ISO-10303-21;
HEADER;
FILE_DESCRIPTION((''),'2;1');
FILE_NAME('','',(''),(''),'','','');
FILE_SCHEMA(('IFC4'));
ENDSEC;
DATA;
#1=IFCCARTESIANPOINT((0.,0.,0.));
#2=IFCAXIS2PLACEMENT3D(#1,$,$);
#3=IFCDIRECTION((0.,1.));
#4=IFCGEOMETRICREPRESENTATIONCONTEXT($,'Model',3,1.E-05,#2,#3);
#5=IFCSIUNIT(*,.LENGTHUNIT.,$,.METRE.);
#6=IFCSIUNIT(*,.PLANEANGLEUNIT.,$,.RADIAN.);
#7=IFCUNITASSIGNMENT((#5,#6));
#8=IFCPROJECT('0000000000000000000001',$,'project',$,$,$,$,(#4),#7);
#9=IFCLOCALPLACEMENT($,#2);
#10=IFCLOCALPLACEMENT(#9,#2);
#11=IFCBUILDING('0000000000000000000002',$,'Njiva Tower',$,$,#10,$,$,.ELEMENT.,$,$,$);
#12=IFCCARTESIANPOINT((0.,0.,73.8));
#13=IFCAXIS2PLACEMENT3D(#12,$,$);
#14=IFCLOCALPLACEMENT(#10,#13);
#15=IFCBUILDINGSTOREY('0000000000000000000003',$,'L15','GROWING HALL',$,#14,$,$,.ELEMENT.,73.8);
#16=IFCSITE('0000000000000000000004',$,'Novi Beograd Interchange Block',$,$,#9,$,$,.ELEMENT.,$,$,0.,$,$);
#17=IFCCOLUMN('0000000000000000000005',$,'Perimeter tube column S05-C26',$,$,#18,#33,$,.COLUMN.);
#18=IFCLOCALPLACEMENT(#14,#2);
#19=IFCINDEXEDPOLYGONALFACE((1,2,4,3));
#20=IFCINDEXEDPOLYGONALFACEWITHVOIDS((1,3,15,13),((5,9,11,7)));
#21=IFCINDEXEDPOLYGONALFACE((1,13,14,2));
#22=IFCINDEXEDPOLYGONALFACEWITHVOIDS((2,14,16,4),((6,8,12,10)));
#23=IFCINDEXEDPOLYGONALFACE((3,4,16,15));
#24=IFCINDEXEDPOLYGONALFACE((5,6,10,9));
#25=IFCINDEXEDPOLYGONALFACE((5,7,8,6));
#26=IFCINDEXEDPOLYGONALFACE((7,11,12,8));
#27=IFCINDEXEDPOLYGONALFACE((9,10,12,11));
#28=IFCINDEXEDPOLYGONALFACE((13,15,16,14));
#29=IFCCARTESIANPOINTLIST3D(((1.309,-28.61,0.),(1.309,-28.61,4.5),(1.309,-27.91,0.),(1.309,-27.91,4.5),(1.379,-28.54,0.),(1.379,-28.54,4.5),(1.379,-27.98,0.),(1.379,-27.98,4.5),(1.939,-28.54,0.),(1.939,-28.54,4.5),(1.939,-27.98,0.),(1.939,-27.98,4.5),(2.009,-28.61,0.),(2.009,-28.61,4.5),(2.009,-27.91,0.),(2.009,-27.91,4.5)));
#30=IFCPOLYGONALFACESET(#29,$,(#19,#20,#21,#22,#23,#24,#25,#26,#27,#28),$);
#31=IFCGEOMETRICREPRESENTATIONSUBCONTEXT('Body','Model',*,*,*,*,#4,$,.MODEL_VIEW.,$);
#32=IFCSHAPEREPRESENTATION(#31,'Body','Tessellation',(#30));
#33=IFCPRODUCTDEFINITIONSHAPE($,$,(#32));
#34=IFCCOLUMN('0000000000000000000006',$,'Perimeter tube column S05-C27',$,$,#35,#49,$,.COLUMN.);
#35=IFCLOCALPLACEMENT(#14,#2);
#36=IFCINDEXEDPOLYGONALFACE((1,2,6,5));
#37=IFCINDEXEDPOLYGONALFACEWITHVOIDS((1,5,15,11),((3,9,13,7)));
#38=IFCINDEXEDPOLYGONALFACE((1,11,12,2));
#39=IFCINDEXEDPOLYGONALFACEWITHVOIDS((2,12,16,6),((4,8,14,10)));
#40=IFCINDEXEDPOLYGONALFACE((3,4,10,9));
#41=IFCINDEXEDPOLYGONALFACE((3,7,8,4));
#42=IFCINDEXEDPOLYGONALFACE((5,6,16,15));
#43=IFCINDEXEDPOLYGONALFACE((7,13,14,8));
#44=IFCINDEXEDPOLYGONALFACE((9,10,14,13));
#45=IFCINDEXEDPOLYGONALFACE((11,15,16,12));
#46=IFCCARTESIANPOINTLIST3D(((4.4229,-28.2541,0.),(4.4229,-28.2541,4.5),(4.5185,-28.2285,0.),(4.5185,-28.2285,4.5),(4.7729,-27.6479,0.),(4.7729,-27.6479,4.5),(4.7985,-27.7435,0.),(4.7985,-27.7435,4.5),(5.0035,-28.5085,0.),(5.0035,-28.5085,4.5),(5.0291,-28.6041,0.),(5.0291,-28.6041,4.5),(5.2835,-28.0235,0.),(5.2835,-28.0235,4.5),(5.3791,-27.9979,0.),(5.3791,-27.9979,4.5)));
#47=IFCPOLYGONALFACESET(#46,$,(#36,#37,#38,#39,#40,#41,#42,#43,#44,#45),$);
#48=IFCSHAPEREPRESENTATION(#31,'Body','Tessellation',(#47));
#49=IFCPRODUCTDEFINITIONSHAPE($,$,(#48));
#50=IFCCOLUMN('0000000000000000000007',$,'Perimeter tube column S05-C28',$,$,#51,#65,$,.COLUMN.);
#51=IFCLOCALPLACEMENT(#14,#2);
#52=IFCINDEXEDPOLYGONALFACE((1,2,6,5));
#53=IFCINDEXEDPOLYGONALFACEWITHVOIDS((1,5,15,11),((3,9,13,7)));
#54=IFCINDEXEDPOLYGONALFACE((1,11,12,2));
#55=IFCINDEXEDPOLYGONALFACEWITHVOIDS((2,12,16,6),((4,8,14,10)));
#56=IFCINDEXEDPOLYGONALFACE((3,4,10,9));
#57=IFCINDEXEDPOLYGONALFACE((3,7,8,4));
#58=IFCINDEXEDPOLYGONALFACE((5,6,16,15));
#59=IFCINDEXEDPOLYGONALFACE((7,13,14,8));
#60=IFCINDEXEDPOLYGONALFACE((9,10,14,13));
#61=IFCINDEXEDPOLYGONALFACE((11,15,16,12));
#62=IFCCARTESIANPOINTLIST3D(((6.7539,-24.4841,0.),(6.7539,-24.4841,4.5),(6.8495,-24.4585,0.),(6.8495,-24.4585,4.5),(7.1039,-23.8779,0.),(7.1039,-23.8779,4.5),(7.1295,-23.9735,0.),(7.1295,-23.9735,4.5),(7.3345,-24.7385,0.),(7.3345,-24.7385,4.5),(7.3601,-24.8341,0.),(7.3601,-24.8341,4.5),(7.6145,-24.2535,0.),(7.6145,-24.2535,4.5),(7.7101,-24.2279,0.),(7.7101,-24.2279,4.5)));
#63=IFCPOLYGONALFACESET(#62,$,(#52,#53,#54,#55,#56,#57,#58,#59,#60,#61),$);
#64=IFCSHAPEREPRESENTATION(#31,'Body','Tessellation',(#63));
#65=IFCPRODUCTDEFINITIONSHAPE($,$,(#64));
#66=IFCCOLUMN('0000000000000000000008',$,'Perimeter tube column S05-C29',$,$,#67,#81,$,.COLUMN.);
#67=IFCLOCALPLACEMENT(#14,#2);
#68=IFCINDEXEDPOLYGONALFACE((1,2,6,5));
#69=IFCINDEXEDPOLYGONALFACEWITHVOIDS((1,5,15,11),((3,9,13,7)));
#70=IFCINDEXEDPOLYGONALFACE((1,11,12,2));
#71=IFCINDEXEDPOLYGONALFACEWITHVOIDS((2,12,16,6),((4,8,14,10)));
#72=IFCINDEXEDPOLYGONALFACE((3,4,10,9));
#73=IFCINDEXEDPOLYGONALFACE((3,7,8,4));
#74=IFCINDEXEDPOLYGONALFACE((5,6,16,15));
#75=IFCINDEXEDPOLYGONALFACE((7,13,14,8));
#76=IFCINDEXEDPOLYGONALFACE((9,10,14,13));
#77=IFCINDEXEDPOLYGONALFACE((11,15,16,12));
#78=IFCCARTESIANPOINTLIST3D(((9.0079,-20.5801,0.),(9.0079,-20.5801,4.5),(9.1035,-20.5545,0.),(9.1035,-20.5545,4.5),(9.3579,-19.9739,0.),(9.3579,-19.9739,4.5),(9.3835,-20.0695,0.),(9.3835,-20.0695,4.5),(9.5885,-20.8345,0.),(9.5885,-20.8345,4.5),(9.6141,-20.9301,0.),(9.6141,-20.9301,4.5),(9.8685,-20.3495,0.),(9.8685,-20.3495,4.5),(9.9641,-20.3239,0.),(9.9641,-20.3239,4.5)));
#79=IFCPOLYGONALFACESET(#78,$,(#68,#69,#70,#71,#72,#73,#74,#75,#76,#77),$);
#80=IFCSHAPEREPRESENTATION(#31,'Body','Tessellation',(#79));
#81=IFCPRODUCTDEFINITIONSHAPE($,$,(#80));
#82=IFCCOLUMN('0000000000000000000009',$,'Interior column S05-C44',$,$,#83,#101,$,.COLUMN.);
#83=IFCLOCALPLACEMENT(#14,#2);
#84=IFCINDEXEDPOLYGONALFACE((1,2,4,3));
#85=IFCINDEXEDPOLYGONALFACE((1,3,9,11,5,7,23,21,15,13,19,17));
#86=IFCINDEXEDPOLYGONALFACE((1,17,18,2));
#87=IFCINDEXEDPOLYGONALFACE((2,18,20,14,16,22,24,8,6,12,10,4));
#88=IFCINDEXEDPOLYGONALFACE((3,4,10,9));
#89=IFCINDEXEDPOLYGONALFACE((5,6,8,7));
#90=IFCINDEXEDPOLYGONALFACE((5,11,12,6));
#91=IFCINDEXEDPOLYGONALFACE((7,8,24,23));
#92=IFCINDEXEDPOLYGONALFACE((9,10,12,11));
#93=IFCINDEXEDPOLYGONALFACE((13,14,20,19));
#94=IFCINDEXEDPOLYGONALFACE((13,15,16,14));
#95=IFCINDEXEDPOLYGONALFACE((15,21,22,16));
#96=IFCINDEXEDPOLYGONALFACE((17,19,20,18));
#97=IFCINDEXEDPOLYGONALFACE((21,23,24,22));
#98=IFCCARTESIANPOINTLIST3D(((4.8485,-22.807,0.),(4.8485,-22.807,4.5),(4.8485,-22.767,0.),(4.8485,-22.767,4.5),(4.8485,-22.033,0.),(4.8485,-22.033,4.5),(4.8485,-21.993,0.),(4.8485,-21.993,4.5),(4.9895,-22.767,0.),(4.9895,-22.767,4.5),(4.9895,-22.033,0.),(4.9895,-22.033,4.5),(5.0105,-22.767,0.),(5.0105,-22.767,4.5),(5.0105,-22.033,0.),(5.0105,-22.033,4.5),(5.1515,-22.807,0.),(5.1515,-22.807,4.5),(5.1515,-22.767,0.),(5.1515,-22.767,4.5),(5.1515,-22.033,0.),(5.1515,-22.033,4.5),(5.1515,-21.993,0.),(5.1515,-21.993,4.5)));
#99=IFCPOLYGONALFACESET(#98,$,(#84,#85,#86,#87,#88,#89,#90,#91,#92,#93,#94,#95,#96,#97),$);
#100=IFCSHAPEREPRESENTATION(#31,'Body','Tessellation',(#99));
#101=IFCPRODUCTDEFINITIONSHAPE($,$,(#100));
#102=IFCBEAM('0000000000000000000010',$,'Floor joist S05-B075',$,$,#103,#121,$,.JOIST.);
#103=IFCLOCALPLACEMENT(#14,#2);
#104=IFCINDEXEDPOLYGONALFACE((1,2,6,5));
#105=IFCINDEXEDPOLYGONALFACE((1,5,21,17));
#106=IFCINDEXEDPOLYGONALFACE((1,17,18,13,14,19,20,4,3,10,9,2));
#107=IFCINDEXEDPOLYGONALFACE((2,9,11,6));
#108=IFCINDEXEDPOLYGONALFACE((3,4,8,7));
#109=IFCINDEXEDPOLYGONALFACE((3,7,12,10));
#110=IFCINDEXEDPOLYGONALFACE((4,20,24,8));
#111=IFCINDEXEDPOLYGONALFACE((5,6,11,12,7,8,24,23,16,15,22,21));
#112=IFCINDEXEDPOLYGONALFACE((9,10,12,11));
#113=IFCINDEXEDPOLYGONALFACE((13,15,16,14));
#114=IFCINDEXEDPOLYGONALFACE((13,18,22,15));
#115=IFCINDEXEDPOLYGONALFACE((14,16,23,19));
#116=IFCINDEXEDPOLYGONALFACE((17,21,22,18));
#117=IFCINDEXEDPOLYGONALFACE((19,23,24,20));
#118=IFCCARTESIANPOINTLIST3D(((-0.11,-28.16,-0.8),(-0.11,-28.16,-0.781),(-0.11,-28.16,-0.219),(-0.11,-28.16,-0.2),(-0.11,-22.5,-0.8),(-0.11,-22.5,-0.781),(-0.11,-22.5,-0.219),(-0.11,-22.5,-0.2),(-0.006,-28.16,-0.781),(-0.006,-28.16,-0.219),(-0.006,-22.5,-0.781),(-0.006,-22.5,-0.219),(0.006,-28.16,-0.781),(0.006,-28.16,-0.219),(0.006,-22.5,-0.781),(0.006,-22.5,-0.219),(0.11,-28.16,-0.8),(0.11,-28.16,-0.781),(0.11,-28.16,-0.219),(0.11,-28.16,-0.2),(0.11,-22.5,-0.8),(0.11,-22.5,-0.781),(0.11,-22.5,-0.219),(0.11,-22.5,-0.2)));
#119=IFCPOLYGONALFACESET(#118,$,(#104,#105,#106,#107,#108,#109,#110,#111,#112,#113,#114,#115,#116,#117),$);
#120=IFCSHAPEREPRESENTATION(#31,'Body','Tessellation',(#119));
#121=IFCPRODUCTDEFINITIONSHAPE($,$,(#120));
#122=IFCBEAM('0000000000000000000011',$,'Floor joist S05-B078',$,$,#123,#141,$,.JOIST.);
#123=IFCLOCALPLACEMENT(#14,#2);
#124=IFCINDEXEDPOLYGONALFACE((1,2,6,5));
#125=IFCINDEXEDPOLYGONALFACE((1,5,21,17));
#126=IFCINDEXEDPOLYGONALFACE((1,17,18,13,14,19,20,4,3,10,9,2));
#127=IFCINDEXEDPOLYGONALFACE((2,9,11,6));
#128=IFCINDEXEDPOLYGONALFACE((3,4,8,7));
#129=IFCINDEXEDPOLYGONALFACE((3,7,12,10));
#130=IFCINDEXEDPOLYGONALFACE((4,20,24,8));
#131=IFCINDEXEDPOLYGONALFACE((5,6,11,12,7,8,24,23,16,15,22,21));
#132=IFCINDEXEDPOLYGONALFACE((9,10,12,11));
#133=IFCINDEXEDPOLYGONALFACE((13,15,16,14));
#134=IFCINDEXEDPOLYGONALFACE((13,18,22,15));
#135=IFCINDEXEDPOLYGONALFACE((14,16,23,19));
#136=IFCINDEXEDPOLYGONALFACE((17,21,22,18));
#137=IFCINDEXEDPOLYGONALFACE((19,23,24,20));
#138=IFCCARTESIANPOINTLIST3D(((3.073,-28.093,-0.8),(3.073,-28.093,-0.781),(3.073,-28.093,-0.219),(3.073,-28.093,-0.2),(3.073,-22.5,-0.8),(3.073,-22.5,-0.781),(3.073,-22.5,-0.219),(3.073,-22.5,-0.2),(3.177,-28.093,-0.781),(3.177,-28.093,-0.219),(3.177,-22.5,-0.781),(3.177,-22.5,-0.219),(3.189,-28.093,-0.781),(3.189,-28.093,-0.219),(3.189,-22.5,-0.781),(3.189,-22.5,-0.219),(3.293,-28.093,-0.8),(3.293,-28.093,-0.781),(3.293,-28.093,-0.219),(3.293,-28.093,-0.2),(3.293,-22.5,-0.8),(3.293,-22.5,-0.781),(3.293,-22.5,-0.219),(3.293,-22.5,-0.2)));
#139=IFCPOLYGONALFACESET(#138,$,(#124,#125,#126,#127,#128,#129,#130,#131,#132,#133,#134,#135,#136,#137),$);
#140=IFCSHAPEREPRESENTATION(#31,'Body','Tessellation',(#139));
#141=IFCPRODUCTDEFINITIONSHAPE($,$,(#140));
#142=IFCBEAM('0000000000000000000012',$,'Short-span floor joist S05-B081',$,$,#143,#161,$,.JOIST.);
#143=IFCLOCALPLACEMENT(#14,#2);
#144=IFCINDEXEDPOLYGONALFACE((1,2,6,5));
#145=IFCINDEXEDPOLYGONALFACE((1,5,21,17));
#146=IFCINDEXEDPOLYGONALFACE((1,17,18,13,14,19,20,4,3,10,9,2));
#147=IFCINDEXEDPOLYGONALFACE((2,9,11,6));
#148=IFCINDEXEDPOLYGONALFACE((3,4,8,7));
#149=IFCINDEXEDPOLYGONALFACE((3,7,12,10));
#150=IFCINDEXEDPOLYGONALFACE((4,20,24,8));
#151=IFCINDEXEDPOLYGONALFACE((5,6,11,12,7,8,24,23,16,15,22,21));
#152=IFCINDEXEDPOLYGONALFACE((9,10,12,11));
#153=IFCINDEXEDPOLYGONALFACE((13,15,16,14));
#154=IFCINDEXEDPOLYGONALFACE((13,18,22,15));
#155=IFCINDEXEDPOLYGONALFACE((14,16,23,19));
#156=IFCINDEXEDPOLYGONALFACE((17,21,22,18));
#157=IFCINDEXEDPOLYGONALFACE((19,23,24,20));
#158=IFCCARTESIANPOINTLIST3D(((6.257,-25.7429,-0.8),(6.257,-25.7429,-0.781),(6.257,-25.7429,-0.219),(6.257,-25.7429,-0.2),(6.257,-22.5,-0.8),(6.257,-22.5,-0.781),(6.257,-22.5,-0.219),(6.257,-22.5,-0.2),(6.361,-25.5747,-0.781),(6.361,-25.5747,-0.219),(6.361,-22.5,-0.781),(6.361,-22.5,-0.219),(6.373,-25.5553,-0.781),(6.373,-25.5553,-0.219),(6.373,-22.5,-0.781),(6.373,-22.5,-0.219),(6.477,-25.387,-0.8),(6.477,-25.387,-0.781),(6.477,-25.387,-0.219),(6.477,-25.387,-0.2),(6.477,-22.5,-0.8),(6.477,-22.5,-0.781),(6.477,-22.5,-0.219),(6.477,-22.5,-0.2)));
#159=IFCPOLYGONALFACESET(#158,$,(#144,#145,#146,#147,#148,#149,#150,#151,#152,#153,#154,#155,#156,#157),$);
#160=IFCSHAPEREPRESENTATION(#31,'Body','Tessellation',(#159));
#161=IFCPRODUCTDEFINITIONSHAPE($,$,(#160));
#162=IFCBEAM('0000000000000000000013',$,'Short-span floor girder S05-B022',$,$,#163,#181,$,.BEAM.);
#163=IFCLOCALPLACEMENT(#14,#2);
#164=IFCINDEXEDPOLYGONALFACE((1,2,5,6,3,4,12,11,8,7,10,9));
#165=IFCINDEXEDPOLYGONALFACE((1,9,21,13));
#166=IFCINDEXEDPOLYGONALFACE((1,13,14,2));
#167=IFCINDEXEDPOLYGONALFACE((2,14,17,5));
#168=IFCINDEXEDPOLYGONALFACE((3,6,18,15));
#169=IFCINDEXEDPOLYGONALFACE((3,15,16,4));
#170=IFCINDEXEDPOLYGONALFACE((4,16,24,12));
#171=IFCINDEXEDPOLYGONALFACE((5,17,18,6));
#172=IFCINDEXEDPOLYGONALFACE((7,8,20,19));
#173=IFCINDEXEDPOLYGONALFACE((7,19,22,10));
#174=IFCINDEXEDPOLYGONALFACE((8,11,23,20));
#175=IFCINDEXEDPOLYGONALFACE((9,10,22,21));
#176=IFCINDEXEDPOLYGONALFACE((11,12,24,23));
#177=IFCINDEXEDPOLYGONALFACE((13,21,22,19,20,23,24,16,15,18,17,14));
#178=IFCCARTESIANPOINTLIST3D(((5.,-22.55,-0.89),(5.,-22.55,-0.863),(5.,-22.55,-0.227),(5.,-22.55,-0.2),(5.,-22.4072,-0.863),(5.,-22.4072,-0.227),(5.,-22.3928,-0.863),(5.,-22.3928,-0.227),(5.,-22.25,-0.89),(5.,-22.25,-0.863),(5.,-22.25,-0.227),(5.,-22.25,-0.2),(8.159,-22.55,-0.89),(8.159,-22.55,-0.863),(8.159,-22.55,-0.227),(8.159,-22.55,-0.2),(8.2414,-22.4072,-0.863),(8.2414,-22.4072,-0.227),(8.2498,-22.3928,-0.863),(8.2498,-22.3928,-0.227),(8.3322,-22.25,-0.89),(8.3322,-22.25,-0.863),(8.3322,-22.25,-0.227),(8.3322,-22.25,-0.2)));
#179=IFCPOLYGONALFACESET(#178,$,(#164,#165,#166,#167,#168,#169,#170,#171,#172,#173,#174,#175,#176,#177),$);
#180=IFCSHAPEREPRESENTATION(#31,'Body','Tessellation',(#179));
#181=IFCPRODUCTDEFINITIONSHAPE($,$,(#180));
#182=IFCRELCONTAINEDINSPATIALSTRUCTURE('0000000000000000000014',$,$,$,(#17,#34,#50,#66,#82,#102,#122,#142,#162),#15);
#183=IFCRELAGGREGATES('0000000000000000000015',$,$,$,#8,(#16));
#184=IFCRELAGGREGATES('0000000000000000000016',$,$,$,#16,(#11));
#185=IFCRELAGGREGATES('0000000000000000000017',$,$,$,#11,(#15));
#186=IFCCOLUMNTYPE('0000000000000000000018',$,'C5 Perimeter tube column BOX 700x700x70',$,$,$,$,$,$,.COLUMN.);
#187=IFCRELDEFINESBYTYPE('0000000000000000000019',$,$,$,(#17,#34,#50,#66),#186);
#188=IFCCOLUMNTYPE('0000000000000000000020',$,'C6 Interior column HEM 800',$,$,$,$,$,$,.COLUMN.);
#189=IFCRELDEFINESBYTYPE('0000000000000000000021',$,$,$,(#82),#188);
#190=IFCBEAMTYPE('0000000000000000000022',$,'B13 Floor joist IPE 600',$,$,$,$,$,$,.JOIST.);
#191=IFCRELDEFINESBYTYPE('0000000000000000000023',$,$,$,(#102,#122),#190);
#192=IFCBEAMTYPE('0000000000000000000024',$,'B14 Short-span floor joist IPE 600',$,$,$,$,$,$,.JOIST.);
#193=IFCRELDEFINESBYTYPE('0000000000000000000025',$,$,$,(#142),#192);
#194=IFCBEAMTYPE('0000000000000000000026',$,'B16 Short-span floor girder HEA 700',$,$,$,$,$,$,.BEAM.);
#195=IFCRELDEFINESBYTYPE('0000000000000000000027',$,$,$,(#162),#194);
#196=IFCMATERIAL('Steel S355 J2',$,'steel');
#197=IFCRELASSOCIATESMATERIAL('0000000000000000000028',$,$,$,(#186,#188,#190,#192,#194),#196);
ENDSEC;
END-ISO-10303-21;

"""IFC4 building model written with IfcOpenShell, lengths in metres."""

from ifc_helpers import new_model, si_unit, direction, frame, origin, origin_2d, place, context, subcontext, project, spatial, hollow_rectangle, i_section, extrude, clip, halfspace, material, material_profile, profile_set, type_object, element, save


model = new_model("IFC4")

# Units and contexts
model_context = context("Model", 3, precision=1e-05, world=origin(), true_north=direction((0.0, 1.0)))
body_context = subcontext(model_context, "Body", "Model", "MODEL_VIEW")
ifc_project = project(units=[si_unit("LENGTHUNIT", "METRE"), si_unit("PLANEANGLEUNIT", "RADIAN")], contexts=[model_context])

# Site, building, storey
site_placement = place(None, origin())
site = spatial("IfcSite", under=ifc_project, at=site_placement, Name="Novi Beograd Interchange Block", CompositionType="ELEMENT", RefElevation=0.0)
building_placement = place(site_placement, origin())
building = spatial("IfcBuilding", under=site, at=building_placement, Name="Njiva Tower", CompositionType="ELEMENT")
storey_placement = place(building_placement, frame((0.0, 0.0, 73.8)))
storey = spatial("IfcBuildingStorey", under=building, at=storey_placement, Name="L15", Description="GROWING HALL", CompositionType="ELEMENT", Elevation=73.8)

# Columns
ifc_material_1 = material(Name="Steel S355 J2", Category="steel")
ifc_material_profile_1 = material_profile(ifc_material_1, hollow_rectangle(XDim=0.7, YDim=0.7, WallThickness=0.07, at=origin_2d()), Name="BOX 700x700x70")
ifc_profile_set_1 = profile_set([ifc_material_profile_1], Name="Steel S355 J2")
column_type_1 = type_object("IfcColumnType", Name="C5 Perimeter tube column BOX 700x700x70", PredefinedType="COLUMN", material=ifc_profile_set_1)
for number, where, z_axis, x_axis, name in (
    (1, (1.659, -28.26, 0.0), (0.0, 0.0, 1.0), (1.0, 0.0, 0.0), "Perimeter tube column S05-C26"),
    (2, (4.901, -28.126, 0.0), (0.0, 0.0, 1.0), (0.5, 0.866025, 0.0), "Perimeter tube column S05-C27"),
    (3, (7.232, -24.356, 0.0), (0.0, 0.0, 1.0), (0.5, 0.866025, 0.0), "Perimeter tube column S05-C28"),
    (4, (9.486, -20.452, 0.0), (0.0, 0.0, 1.0), (0.5, 0.866025, 0.0), "Perimeter tube column S05-C29"),
):
    element("IfcColumn", number, at=place(storey_placement, frame(where, z_axis=z_axis, x_axis=x_axis)), inside=storey, type_object=column_type_1, Name=name, PredefinedType="COLUMN", context=body_context, shape_type="SweptSolid", body=[
        extrude(hollow_rectangle(XDim=0.7, YDim=0.7, WallThickness=0.07, at=origin_2d()), origin(), (0.0, 0.0, 1.0), 4.5),
    ])
ifc_material_profile_2 = material_profile(ifc_material_1, i_section(OverallWidth=0.303, OverallDepth=0.814, WebThickness=0.021, FlangeThickness=0.04, at=origin_2d()), Name="HEM 800")
ifc_profile_set_2 = profile_set([ifc_material_profile_2], Name="Steel S355 J2")
column_type_2 = type_object("IfcColumnType", Name="C6 Interior column HEM 800", PredefinedType="COLUMN", material=ifc_profile_set_2)
column_placement = place(storey_placement, frame((5.0, -22.4, 0.0), z_axis=(0.0, 0.0, 1.0), x_axis=(1.0, 0.0, 0.0)))
element("IfcColumn", 5, at=column_placement, inside=storey, type_object=column_type_2, Name="Interior column S05-C44", PredefinedType="COLUMN", context=body_context, shape_type="SweptSolid", body=[
    extrude(i_section(OverallWidth=0.303, OverallDepth=0.814, WebThickness=0.021, FlangeThickness=0.04, at=origin_2d()), origin(), (0.0, 0.0, 1.0), 4.5),
])

# Beams
ifc_material_profile_3 = material_profile(ifc_material_1, i_section(OverallWidth=0.22, OverallDepth=0.6, WebThickness=0.012, FlangeThickness=0.019, at=origin_2d()), Name="IPE 600")
ifc_profile_set_3 = profile_set([ifc_material_profile_3], Name="Steel S355 J2")
beam_type_1 = type_object("IfcBeamType", Name="B13 Floor joist IPE 600", PredefinedType="JOIST", material=ifc_profile_set_3)
beam_1_placement = place(storey_placement, frame((0.0, -22.5, -0.5), z_axis=(0.0, -1.0, 0.0), x_axis=(1.0, 0.0, 0.0)))
element("IfcBeam", 6, at=beam_1_placement, inside=storey, type_object=beam_type_1, Name="Floor joist S05-B075", PredefinedType="JOIST", context=body_context, shape_type="SweptSolid", body=[
    extrude(i_section(OverallWidth=0.22, OverallDepth=0.6, WebThickness=0.012, FlangeThickness=0.019, at=origin_2d()), origin(), (0.0, 0.0, 1.0), 5.66),
])
beam_2_placement = place(storey_placement, frame((3.183, -22.5, -0.5), z_axis=(0.0, -1.0, 0.0), x_axis=(1.0, 0.0, 0.0)))
element("IfcBeam", 7, at=beam_2_placement, inside=storey, type_object=beam_type_1, Name="Floor joist S05-B078", PredefinedType="JOIST", context=body_context, shape_type="SweptSolid", body=[
    extrude(i_section(OverallWidth=0.22, OverallDepth=0.6, WebThickness=0.012, FlangeThickness=0.019, at=origin_2d()), origin(), (0.0, 0.0, 1.0), 5.593),
])
ifc_material_profile_4 = material_profile(ifc_material_1, i_section(OverallWidth=0.22, OverallDepth=0.6, WebThickness=0.012, FlangeThickness=0.019, at=origin_2d()), Name="IPE 600")
ifc_profile_set_4 = profile_set([ifc_material_profile_4], Name="Steel S355 J2")
beam_type_2 = type_object("IfcBeamType", Name="B14 Short-span floor joist IPE 600", PredefinedType="JOIST", material=ifc_profile_set_4)
beam_3_placement = place(storey_placement, frame((6.367, -22.5, -0.5), z_axis=(0.0, -1.0, 0.0), x_axis=(1.0, 0.0, 0.0)))
element("IfcBeam", 8, at=beam_3_placement, inside=storey, type_object=beam_type_2, Name="Short-span floor joist S05-B081", PredefinedType="JOIST", context=body_context, shape_type="Clipping", body=[
    clip(extrude(i_section(OverallWidth=0.22, OverallDepth=0.6, WebThickness=0.012, FlangeThickness=0.019, at=origin_2d()), origin(), (0.0, 0.0, 1.0), 3.263), halfspace(frame((0.0422, 0.0, 2.9967), z_axis=(0.85062, 0.0, 0.52578), x_axis=(0.0, 1.0, 0.0)), False)),
])
ifc_material_profile_5 = material_profile(ifc_material_1, i_section(OverallWidth=0.3, OverallDepth=0.69, WebThickness=0.0145, FlangeThickness=0.027, at=origin_2d()), Name="HEA 700")
ifc_profile_set_5 = profile_set([ifc_material_profile_5], Name="Steel S355 J2")
beam_type_3 = type_object("IfcBeamType", Name="B16 Short-span floor girder HEA 700", PredefinedType="BEAM", material=ifc_profile_set_5)
beam_4_placement = place(storey_placement, frame((5.0, -22.4, -0.545), z_axis=(1.0, 0.0, 0.0), x_axis=(0.0, 1.0, 0.0)))
element("IfcBeam", 9, at=beam_4_placement, inside=storey, type_object=beam_type_3, Name="Short-span floor girder S05-B022", PredefinedType="BEAM", context=body_context, shape_type="Clipping", body=[
    clip(extrude(i_section(OverallWidth=0.3, OverallDepth=0.69, WebThickness=0.0145, FlangeThickness=0.027, at=origin_2d()), origin(), (0.0, 0.0, 1.0), 3.353), halfspace(frame((-0.025, 0.0, 3.2312), z_axis=(-0.499998, 0.0, 0.866027), x_axis=(0.0, 1.0, 0.0)), False)),
])

save(model, "model.ifc")
